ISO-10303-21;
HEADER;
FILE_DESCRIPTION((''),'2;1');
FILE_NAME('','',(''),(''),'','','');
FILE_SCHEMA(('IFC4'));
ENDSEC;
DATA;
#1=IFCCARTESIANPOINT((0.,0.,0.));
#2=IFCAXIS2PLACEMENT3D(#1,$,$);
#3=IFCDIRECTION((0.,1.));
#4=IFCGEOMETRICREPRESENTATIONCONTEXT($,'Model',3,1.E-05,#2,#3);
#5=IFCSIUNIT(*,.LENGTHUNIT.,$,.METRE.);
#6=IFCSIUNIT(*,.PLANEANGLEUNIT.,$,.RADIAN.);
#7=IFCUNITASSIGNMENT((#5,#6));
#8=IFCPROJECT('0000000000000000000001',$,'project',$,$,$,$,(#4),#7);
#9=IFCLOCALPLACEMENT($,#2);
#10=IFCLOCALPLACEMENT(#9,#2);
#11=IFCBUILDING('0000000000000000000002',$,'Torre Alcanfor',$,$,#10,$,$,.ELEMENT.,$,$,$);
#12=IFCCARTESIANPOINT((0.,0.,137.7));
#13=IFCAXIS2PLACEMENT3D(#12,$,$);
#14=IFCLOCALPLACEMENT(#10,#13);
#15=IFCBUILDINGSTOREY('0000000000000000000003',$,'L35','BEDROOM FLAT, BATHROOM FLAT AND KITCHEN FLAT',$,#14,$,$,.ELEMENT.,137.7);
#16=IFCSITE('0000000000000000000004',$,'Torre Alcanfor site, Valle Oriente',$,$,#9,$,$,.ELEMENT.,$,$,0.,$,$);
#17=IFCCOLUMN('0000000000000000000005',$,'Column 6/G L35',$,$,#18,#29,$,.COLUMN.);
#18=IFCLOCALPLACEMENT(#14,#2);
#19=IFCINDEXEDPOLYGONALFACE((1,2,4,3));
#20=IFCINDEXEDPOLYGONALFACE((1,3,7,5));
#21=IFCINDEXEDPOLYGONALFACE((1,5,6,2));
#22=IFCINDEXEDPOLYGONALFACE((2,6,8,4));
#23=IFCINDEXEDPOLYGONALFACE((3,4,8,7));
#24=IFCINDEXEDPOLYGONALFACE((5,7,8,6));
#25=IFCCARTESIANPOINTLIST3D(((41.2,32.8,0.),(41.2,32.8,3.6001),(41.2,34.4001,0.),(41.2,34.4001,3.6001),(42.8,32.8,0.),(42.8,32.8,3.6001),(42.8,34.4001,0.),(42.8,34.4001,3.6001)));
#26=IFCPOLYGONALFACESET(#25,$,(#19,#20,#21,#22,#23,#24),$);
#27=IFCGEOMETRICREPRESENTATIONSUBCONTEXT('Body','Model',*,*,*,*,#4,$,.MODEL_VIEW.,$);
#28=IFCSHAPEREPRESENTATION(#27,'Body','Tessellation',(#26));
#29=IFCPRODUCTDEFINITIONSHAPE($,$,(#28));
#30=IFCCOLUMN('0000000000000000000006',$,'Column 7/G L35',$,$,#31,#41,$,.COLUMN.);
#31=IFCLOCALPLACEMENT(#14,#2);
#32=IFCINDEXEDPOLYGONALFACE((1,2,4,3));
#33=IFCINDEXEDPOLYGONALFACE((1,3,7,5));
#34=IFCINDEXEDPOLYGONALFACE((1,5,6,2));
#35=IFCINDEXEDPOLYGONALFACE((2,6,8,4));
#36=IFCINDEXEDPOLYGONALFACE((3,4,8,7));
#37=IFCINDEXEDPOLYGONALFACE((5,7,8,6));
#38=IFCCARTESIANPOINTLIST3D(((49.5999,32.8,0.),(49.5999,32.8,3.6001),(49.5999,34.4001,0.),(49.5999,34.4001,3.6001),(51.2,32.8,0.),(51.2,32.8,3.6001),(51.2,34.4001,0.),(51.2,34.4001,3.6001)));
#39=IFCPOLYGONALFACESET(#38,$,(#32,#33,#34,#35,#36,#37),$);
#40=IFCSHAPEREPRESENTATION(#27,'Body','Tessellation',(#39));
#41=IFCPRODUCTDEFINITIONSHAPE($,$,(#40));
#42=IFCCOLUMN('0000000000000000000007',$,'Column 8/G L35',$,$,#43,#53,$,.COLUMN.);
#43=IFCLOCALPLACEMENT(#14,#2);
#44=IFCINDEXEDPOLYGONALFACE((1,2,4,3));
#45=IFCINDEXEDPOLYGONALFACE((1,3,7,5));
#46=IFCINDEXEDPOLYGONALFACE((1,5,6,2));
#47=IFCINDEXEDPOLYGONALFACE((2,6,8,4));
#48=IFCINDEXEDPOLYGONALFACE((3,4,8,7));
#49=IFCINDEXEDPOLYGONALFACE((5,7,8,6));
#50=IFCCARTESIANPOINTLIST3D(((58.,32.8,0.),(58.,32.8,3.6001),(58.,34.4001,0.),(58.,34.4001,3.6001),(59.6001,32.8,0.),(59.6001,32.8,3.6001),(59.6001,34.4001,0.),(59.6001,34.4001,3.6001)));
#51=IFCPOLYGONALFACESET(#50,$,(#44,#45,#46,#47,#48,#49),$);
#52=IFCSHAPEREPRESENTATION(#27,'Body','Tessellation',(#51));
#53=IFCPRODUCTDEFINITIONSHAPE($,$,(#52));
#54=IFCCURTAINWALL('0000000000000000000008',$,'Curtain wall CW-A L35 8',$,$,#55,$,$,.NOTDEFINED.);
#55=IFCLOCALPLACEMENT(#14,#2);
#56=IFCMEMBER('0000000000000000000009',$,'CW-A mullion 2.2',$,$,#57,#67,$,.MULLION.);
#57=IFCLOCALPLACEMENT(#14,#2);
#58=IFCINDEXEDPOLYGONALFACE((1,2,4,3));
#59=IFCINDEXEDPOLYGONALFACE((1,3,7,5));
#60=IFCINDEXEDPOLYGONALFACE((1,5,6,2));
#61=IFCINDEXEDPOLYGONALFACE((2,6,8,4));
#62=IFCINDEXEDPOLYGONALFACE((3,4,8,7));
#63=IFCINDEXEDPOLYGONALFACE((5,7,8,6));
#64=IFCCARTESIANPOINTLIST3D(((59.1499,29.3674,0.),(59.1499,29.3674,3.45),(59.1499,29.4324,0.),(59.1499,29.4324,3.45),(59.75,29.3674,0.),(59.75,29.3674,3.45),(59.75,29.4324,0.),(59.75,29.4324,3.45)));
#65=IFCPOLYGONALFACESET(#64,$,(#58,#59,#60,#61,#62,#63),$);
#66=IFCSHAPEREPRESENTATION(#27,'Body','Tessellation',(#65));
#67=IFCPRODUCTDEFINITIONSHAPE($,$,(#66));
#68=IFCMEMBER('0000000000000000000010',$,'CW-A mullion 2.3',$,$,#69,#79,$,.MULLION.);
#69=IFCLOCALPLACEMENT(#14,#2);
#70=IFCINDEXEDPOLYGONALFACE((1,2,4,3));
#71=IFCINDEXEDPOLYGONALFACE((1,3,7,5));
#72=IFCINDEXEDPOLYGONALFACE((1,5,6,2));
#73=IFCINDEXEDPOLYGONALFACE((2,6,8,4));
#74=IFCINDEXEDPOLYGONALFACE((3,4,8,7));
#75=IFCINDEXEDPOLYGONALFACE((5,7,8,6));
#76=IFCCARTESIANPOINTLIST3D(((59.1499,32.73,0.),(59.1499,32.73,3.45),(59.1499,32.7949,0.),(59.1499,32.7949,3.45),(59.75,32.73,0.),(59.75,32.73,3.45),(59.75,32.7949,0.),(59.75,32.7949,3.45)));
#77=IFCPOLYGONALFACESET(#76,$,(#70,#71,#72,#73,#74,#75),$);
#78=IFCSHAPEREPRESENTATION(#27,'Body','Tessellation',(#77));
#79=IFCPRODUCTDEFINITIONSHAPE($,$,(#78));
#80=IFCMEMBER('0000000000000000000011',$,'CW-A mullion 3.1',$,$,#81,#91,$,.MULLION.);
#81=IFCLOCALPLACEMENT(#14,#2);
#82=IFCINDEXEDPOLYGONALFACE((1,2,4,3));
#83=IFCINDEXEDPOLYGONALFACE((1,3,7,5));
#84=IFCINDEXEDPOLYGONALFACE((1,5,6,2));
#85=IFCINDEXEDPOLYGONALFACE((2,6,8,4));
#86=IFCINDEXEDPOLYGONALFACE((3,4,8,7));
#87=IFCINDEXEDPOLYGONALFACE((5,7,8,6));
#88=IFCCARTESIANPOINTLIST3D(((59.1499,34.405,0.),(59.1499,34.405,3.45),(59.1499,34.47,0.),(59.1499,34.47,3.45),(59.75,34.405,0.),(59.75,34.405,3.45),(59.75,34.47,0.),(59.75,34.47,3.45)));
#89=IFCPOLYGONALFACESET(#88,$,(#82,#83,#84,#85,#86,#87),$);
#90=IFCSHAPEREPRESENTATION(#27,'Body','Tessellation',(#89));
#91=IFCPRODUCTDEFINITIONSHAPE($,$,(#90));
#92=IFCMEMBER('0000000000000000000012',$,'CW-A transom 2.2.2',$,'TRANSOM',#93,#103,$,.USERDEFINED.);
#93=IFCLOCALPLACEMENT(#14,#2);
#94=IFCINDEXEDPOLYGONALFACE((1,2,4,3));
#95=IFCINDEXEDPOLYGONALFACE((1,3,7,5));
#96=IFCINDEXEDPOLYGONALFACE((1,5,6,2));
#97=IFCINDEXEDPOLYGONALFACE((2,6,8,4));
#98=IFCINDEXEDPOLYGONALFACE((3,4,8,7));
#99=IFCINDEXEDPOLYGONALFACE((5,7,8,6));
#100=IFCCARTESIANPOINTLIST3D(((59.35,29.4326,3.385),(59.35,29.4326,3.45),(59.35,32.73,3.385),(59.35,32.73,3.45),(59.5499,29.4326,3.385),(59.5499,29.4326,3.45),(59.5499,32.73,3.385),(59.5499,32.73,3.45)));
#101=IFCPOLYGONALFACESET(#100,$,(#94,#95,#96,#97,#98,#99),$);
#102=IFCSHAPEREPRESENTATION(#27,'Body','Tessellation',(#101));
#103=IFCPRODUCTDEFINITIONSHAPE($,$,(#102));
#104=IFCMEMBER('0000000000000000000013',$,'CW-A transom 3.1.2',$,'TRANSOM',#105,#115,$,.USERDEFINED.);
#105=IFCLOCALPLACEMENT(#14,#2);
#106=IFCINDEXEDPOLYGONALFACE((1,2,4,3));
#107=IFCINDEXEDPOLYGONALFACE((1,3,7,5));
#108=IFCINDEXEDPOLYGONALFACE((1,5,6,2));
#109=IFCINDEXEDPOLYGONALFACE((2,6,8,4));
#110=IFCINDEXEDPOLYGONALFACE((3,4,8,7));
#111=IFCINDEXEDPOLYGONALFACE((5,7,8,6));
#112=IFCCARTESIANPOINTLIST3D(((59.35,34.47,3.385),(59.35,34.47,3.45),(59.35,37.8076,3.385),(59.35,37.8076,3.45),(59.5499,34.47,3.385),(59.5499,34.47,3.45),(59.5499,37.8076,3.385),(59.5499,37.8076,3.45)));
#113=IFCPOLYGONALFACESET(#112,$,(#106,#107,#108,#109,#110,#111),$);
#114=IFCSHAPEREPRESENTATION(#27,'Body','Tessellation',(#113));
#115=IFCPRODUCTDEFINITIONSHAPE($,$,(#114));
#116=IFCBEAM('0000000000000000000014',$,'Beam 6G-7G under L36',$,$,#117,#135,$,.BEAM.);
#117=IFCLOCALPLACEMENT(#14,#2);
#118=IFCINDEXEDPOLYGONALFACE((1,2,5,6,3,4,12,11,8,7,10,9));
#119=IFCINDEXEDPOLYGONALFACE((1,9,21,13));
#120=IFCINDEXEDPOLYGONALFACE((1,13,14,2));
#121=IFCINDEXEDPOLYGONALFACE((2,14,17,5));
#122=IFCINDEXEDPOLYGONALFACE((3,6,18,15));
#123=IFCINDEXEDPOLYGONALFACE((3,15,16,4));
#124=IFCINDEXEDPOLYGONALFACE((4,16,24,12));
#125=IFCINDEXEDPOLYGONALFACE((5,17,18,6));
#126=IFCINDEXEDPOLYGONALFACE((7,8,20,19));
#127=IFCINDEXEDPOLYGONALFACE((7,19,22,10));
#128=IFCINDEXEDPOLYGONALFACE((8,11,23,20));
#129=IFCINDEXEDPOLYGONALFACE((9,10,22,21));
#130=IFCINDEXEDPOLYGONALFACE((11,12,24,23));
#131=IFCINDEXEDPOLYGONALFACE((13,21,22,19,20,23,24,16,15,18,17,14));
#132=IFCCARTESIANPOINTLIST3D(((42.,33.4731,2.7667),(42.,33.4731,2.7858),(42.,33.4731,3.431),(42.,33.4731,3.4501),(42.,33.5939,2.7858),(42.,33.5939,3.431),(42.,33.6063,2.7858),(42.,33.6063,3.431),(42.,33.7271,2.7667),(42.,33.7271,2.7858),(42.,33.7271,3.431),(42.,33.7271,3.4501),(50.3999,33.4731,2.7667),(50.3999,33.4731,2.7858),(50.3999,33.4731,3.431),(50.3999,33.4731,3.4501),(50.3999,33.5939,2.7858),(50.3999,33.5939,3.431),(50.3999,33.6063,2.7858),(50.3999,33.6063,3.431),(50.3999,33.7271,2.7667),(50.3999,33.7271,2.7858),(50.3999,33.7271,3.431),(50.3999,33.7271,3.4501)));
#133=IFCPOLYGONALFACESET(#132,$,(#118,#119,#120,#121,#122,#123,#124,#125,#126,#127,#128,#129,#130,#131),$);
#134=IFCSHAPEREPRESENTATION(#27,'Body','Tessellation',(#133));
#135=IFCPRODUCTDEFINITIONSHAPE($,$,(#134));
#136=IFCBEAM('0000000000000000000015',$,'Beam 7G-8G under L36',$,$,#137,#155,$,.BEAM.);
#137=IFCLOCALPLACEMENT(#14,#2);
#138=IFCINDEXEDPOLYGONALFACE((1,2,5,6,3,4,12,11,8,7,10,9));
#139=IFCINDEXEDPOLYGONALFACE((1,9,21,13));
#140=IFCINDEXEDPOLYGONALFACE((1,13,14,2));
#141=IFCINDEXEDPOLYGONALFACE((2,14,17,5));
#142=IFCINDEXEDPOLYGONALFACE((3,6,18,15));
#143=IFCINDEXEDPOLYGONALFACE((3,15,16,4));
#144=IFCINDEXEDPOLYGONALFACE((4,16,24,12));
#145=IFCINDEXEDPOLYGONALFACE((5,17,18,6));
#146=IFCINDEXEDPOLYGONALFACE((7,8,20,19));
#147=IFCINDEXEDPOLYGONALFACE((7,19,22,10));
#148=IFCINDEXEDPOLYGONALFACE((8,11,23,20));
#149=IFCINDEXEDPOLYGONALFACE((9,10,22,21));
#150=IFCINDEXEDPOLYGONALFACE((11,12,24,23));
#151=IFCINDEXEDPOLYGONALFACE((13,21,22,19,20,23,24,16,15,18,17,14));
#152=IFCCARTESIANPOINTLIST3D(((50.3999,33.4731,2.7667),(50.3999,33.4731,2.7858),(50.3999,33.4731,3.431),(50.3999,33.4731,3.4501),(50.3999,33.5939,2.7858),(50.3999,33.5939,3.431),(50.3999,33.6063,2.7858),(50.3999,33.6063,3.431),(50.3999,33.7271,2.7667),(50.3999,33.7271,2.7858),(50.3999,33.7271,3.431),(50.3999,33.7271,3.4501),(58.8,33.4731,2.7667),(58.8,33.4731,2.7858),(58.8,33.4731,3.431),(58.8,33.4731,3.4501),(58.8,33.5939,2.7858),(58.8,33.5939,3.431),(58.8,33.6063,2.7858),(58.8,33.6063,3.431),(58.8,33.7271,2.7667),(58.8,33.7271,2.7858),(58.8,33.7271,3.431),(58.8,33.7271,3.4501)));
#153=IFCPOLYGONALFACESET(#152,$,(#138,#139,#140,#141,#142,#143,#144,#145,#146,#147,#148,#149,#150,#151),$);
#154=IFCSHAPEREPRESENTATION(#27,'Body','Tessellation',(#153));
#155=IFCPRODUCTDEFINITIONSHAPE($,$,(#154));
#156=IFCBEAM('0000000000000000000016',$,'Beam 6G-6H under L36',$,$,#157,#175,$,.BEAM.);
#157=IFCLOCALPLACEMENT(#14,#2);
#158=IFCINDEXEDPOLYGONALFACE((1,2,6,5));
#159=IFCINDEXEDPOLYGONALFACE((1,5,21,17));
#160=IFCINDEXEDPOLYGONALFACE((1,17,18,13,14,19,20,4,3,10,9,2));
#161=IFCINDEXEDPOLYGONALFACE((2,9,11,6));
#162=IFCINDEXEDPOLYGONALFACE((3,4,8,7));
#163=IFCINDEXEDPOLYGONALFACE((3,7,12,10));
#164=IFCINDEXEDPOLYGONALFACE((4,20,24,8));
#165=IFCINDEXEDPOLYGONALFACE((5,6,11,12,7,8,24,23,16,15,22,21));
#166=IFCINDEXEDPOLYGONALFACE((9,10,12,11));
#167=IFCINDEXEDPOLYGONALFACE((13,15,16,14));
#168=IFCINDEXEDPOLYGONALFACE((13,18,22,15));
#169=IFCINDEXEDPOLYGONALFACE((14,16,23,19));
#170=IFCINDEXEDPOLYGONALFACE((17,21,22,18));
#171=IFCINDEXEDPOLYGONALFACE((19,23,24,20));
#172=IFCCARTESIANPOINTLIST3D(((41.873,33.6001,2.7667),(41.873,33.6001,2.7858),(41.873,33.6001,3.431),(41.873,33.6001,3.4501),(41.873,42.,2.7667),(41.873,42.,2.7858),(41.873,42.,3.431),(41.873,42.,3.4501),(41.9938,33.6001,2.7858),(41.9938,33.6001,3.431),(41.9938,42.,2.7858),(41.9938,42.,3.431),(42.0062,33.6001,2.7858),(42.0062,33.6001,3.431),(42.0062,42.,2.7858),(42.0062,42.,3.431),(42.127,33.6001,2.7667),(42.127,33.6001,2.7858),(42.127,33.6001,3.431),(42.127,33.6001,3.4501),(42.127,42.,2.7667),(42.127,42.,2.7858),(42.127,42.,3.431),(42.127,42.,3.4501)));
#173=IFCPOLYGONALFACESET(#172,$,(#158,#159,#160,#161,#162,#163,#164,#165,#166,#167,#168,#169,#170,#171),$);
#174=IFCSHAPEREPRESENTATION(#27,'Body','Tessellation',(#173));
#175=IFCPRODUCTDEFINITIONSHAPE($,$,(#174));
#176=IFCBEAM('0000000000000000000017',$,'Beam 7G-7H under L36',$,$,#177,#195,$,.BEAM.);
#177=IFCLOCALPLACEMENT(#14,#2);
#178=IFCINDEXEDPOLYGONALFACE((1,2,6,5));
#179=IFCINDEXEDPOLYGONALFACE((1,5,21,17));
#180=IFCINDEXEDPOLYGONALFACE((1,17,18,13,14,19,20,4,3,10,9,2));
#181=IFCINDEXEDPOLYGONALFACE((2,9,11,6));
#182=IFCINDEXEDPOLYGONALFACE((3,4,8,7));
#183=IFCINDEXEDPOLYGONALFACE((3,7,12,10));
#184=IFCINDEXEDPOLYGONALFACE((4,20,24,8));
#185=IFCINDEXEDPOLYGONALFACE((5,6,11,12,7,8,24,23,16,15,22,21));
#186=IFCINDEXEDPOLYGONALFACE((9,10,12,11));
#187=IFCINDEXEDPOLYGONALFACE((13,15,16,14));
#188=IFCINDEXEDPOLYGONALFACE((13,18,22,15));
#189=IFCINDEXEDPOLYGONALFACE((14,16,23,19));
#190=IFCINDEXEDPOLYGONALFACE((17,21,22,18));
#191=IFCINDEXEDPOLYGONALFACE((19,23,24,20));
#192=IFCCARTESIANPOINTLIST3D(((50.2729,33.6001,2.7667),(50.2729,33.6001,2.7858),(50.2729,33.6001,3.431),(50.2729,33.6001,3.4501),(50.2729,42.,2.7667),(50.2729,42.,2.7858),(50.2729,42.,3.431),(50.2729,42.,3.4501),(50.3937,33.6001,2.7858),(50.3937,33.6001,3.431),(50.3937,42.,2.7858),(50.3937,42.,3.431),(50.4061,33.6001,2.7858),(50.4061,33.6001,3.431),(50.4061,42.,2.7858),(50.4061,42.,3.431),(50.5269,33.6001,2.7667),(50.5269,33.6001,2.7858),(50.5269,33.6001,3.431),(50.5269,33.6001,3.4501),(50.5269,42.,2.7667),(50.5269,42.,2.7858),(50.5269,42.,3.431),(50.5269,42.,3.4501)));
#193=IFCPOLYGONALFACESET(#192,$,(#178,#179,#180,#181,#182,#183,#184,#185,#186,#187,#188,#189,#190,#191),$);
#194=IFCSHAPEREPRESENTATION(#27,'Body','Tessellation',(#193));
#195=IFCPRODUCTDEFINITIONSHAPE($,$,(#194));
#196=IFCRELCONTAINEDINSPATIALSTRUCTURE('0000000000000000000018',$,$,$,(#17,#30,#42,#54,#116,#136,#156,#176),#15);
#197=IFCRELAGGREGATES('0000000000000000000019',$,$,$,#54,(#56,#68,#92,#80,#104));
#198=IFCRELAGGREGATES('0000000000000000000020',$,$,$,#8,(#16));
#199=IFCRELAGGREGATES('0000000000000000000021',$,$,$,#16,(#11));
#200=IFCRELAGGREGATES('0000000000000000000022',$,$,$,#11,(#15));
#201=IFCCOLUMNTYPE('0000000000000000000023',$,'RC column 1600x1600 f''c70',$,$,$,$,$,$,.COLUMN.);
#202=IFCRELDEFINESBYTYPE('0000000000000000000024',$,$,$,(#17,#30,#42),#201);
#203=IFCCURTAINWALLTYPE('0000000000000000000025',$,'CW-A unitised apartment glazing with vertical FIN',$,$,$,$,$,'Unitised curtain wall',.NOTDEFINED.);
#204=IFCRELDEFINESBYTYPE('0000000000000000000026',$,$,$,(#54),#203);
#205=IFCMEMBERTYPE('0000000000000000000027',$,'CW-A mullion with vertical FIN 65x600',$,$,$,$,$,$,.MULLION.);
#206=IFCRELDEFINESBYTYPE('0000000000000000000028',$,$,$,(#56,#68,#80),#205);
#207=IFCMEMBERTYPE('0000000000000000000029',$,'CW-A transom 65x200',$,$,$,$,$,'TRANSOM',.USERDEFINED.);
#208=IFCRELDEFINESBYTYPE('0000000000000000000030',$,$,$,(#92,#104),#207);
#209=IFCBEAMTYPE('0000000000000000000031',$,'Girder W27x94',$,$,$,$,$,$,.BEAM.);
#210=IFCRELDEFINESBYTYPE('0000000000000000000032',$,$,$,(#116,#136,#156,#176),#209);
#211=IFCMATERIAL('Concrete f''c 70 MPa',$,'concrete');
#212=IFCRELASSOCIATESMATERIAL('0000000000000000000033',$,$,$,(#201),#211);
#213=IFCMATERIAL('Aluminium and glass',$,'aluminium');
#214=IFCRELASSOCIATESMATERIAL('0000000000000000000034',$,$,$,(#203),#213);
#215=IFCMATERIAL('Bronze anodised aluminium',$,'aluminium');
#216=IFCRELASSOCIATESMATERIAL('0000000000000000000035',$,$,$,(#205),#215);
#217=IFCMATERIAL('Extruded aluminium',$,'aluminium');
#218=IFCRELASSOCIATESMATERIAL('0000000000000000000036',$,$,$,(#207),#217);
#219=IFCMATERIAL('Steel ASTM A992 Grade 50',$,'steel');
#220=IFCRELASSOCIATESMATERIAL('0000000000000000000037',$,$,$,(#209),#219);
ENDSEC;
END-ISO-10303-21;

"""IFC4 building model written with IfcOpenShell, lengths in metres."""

from ifc_helpers import new_model, si_unit, direction, frame, origin, origin_2d, place, context, subcontext, project, spatial, rectangle, i_section, extrude, material, material_profile, profile_set, type_object, element, aggregate, save


model = new_model("IFC4")

# Units and contexts
model_context = context("Model", 3, precision=1e-05, world=origin(), true_north=direction((0.0, 1.0)))
body_context = subcontext(model_context, "Body", "Model", "MODEL_VIEW")
ifc_project = project(units=[si_unit("LENGTHUNIT", "METRE"), si_unit("PLANEANGLEUNIT", "RADIAN")], contexts=[model_context])

# Site, building, storey
site_placement = place(None, origin())
site = spatial("IfcSite", under=ifc_project, at=site_placement, Name="Torre Alcanfor site, Valle Oriente", CompositionType="ELEMENT", RefElevation=0.0)
building_placement = place(site_placement, origin())
building = spatial("IfcBuilding", under=site, at=building_placement, Name="Torre Alcanfor", CompositionType="ELEMENT")
storey_placement = place(building_placement, frame((0.0, 0.0, 137.7)))
storey = spatial("IfcBuildingStorey", under=building, at=storey_placement, Name="L35", Description="BEDROOM FLAT, BATHROOM FLAT AND KITCHEN FLAT", CompositionType="ELEMENT", Elevation=137.7)

# Columns
ifc_material_1 = material(Name="Concrete f'c 70 MPa", Category="concrete")
ifc_material_profile_1 = material_profile(ifc_material_1, rectangle(XDim=1.6001, YDim=1.6001, at=origin_2d()), Name="1600x1600")
ifc_profile_set_1 = profile_set([ifc_material_profile_1], Name="Concrete f'c 70 MPa")
column_type = type_object("IfcColumnType", Name="RC column 1600x1600 f'c70", PredefinedType="COLUMN", material=ifc_profile_set_1)
for number, where, z_axis, x_axis, name in (
    (1, (42.0, 33.6001, 0.0), (0.0, 0.0, 1.0), (1.0, 0.0, 0.0), "Column 6/G L35"),
    (2, (50.3999, 33.6001, 0.0), (0.0, 0.0, 1.0), (1.0, 0.0, 0.0), "Column 7/G L35"),
    (3, (58.8, 33.6001, 0.0), (0.0, 0.0, 1.0), (1.0, 0.0, 0.0), "Column 8/G L35"),
):
    element("IfcColumn", number, at=place(storey_placement, frame(where, z_axis=z_axis, x_axis=x_axis)), inside=storey, type_object=column_type, Name=name, PredefinedType="COLUMN", context=body_context, shape_type="SweptSolid", body=[
        extrude(rectangle(XDim=1.6001, YDim=1.6001, at=origin_2d()), origin(), (0.0, 0.0, 1.0), 3.6001),
    ])

# Curtain wall, members
ifc_material_2 = material(Name="Aluminium and glass", Category="aluminium")
curtain_wall_type = type_object("IfcCurtainWallType", Name="CW-A unitised apartment glazing with vertical FIN", ElementType="Unitised curtain wall", PredefinedType="NOTDEFINED", material=ifc_material_2)
curtain_wall_placement = place(storey_placement, origin())
curtain_wall = element("IfcCurtainWall", 4, at=curtain_wall_placement, inside=storey, type_object=curtain_wall_type, Name="Curtain wall CW-A L35 8", PredefinedType="NOTDEFINED")
ifc_material_3 = material(Name="Bronze anodised aluminium", Category="aluminium")
ifc_material_profile_2 = material_profile(ifc_material_3, rectangle(XDim=0.6001, YDim=0.0649, at=origin_2d()), Name="CW-A mullion 65x600")
ifc_profile_set_2 = profile_set([ifc_material_profile_2], Name="Bronze anodised aluminium")
member_type_1 = type_object("IfcMemberType", Name="CW-A mullion with vertical FIN 65x600", PredefinedType="MULLION", material=ifc_profile_set_2)
member_1_placement = place(storey_placement, frame((59.45, 29.3999, 0.0), z_axis=(0.0, 0.0, 1.0), x_axis=(-1.0, 0.0, 0.0)))
member_1 = element("IfcMember", 5, at=member_1_placement, type_object=member_type_1, Name="CW-A mullion 2.2", PredefinedType="MULLION", context=body_context, shape_type="SweptSolid", body=[
    extrude(rectangle(XDim=0.6001, YDim=0.0649, at=origin_2d()), origin(), (0.0, 0.0, 1.0), 3.45),
])
member_2_placement = place(storey_placement, frame((59.45, 32.7625, 0.0), z_axis=(0.0, 0.0, 1.0), x_axis=(-1.0, 0.0, 0.0)))
member_2 = element("IfcMember", 6, at=member_2_placement, type_object=member_type_1, Name="CW-A mullion 2.3", PredefinedType="MULLION", context=body_context, shape_type="SweptSolid", body=[
    extrude(rectangle(XDim=0.6001, YDim=0.0649, at=origin_2d()), origin(), (0.0, 0.0, 1.0), 3.45),
])
member_3_placement = place(storey_placement, frame((59.45, 34.4375, 0.0), z_axis=(0.0, 0.0, 1.0), x_axis=(-1.0, 0.0, 0.0)))
member_3 = element("IfcMember", 7, at=member_3_placement, type_object=member_type_1, Name="CW-A mullion 3.1", PredefinedType="MULLION", context=body_context, shape_type="SweptSolid", body=[
    extrude(rectangle(XDim=0.6001, YDim=0.0649, at=origin_2d()), origin(), (0.0, 0.0, 1.0), 3.45),
])
ifc_material_4 = material(Name="Extruded aluminium", Category="aluminium")
ifc_material_profile_3 = material_profile(ifc_material_4, rectangle(XDim=0.2, YDim=0.0649, at=origin_2d()), Name="CW-A transom 200x65")
ifc_profile_set_3 = profile_set([ifc_material_profile_3], Name="Extruded aluminium")
member_type_2 = type_object("IfcMemberType", Name="CW-A transom 65x200", ElementType="TRANSOM", PredefinedType="USERDEFINED", material=ifc_profile_set_3)
member_4_placement = place(storey_placement, frame((59.45, 29.4326, 3.4175), z_axis=(0.0, 1.0, 0.0), x_axis=(-1.0, 0.0, 0.0)))
member_4 = element("IfcMember", 8, at=member_4_placement, type_object=member_type_2, Name="CW-A transom 2.2.2", ObjectType="TRANSOM", PredefinedType="USERDEFINED", context=body_context, shape_type="SweptSolid", body=[
    extrude(rectangle(XDim=0.2, YDim=0.0649, at=origin_2d()), origin(), (0.0, 0.0, 1.0), 3.2974),
])
member_5_placement = place(storey_placement, frame((59.45, 34.47, 3.4175), z_axis=(0.0, 1.0, 0.0), x_axis=(-1.0, 0.0, 0.0)))
member_5 = element("IfcMember", 9, at=member_5_placement, type_object=member_type_2, Name="CW-A transom 3.1.2", ObjectType="TRANSOM", PredefinedType="USERDEFINED", context=body_context, shape_type="SweptSolid", body=[
    extrude(rectangle(XDim=0.2, YDim=0.0649, at=origin_2d()), origin(), (0.0, 0.0, 1.0), 3.3376),
])

# Beams
ifc_material_5 = material(Name="Steel ASTM A992 Grade 50", Category="steel")
ifc_material_profile_4 = material_profile(ifc_material_5, i_section(OverallWidth=0.2539, OverallDepth=0.6833, WebThickness=0.0125, FlangeThickness=0.019, at=origin_2d()), Name="W27x94")
ifc_profile_set_4 = profile_set([ifc_material_profile_4], Name="Steel ASTM A992 Grade 50")
beam_type_1 = type_object("IfcBeamType", Name="Girder W27x94", PredefinedType="BEAM", material=ifc_profile_set_4)
beam_1_placement = place(storey_placement, frame((42.0, 33.6001, 3.1084), z_axis=(1.0, 0.0, 0.0), x_axis=(0.0, 1.0, 0.0)))
element("IfcBeam", 10, at=beam_1_placement, inside=storey, type_object=beam_type_1, Name="Beam 6G-7G under L36", PredefinedType="BEAM", context=body_context, shape_type="SweptSolid", body=[
    extrude(i_section(OverallWidth=0.2539, OverallDepth=0.6833, WebThickness=0.0125, FlangeThickness=0.019, at=origin_2d()), origin(), (0.0, 0.0, 1.0), 8.3999),
])
beam_2_placement = place(storey_placement, frame((50.3999, 33.6001, 3.1084), z_axis=(1.0, 0.0, 0.0), x_axis=(0.0, 1.0, 0.0)))
element("IfcBeam", 11, at=beam_2_placement, inside=storey, type_object=beam_type_1, Name="Beam 7G-8G under L36", PredefinedType="BEAM", context=body_context, shape_type="SweptSolid", body=[
    extrude(i_section(OverallWidth=0.2539, OverallDepth=0.6833, WebThickness=0.0125, FlangeThickness=0.019, at=origin_2d()), origin(), (0.0, 0.0, 1.0), 8.4001),
])
for number, where, z_axis, x_axis, name in (
    (12, (42.0, 33.6001, 3.1084), (0.0, 1.0, 0.0), (-1.0, 0.0, 0.0), "Beam 6G-6H under L36"),
    (13, (50.3999, 33.6001, 3.1084), (0.0, 1.0, 0.0), (-1.0, 0.0, 0.0), "Beam 7G-7H under L36"),
):
    element("IfcBeam", number, at=place(storey_placement, frame(where, z_axis=z_axis, x_axis=x_axis)), inside=storey, type_object=beam_type_1, Name=name, PredefinedType="BEAM", context=body_context, shape_type="SweptSolid", body=[
        extrude(i_section(OverallWidth=0.2539, OverallDepth=0.6833, WebThickness=0.0125, FlangeThickness=0.019, at=origin_2d()), origin(), (0.0, 0.0, 1.0), 8.3999),
    ])

aggregate(curtain_wall, [member_1, member_2, member_4, member_3, member_5])

save(model, "model.ifc")
